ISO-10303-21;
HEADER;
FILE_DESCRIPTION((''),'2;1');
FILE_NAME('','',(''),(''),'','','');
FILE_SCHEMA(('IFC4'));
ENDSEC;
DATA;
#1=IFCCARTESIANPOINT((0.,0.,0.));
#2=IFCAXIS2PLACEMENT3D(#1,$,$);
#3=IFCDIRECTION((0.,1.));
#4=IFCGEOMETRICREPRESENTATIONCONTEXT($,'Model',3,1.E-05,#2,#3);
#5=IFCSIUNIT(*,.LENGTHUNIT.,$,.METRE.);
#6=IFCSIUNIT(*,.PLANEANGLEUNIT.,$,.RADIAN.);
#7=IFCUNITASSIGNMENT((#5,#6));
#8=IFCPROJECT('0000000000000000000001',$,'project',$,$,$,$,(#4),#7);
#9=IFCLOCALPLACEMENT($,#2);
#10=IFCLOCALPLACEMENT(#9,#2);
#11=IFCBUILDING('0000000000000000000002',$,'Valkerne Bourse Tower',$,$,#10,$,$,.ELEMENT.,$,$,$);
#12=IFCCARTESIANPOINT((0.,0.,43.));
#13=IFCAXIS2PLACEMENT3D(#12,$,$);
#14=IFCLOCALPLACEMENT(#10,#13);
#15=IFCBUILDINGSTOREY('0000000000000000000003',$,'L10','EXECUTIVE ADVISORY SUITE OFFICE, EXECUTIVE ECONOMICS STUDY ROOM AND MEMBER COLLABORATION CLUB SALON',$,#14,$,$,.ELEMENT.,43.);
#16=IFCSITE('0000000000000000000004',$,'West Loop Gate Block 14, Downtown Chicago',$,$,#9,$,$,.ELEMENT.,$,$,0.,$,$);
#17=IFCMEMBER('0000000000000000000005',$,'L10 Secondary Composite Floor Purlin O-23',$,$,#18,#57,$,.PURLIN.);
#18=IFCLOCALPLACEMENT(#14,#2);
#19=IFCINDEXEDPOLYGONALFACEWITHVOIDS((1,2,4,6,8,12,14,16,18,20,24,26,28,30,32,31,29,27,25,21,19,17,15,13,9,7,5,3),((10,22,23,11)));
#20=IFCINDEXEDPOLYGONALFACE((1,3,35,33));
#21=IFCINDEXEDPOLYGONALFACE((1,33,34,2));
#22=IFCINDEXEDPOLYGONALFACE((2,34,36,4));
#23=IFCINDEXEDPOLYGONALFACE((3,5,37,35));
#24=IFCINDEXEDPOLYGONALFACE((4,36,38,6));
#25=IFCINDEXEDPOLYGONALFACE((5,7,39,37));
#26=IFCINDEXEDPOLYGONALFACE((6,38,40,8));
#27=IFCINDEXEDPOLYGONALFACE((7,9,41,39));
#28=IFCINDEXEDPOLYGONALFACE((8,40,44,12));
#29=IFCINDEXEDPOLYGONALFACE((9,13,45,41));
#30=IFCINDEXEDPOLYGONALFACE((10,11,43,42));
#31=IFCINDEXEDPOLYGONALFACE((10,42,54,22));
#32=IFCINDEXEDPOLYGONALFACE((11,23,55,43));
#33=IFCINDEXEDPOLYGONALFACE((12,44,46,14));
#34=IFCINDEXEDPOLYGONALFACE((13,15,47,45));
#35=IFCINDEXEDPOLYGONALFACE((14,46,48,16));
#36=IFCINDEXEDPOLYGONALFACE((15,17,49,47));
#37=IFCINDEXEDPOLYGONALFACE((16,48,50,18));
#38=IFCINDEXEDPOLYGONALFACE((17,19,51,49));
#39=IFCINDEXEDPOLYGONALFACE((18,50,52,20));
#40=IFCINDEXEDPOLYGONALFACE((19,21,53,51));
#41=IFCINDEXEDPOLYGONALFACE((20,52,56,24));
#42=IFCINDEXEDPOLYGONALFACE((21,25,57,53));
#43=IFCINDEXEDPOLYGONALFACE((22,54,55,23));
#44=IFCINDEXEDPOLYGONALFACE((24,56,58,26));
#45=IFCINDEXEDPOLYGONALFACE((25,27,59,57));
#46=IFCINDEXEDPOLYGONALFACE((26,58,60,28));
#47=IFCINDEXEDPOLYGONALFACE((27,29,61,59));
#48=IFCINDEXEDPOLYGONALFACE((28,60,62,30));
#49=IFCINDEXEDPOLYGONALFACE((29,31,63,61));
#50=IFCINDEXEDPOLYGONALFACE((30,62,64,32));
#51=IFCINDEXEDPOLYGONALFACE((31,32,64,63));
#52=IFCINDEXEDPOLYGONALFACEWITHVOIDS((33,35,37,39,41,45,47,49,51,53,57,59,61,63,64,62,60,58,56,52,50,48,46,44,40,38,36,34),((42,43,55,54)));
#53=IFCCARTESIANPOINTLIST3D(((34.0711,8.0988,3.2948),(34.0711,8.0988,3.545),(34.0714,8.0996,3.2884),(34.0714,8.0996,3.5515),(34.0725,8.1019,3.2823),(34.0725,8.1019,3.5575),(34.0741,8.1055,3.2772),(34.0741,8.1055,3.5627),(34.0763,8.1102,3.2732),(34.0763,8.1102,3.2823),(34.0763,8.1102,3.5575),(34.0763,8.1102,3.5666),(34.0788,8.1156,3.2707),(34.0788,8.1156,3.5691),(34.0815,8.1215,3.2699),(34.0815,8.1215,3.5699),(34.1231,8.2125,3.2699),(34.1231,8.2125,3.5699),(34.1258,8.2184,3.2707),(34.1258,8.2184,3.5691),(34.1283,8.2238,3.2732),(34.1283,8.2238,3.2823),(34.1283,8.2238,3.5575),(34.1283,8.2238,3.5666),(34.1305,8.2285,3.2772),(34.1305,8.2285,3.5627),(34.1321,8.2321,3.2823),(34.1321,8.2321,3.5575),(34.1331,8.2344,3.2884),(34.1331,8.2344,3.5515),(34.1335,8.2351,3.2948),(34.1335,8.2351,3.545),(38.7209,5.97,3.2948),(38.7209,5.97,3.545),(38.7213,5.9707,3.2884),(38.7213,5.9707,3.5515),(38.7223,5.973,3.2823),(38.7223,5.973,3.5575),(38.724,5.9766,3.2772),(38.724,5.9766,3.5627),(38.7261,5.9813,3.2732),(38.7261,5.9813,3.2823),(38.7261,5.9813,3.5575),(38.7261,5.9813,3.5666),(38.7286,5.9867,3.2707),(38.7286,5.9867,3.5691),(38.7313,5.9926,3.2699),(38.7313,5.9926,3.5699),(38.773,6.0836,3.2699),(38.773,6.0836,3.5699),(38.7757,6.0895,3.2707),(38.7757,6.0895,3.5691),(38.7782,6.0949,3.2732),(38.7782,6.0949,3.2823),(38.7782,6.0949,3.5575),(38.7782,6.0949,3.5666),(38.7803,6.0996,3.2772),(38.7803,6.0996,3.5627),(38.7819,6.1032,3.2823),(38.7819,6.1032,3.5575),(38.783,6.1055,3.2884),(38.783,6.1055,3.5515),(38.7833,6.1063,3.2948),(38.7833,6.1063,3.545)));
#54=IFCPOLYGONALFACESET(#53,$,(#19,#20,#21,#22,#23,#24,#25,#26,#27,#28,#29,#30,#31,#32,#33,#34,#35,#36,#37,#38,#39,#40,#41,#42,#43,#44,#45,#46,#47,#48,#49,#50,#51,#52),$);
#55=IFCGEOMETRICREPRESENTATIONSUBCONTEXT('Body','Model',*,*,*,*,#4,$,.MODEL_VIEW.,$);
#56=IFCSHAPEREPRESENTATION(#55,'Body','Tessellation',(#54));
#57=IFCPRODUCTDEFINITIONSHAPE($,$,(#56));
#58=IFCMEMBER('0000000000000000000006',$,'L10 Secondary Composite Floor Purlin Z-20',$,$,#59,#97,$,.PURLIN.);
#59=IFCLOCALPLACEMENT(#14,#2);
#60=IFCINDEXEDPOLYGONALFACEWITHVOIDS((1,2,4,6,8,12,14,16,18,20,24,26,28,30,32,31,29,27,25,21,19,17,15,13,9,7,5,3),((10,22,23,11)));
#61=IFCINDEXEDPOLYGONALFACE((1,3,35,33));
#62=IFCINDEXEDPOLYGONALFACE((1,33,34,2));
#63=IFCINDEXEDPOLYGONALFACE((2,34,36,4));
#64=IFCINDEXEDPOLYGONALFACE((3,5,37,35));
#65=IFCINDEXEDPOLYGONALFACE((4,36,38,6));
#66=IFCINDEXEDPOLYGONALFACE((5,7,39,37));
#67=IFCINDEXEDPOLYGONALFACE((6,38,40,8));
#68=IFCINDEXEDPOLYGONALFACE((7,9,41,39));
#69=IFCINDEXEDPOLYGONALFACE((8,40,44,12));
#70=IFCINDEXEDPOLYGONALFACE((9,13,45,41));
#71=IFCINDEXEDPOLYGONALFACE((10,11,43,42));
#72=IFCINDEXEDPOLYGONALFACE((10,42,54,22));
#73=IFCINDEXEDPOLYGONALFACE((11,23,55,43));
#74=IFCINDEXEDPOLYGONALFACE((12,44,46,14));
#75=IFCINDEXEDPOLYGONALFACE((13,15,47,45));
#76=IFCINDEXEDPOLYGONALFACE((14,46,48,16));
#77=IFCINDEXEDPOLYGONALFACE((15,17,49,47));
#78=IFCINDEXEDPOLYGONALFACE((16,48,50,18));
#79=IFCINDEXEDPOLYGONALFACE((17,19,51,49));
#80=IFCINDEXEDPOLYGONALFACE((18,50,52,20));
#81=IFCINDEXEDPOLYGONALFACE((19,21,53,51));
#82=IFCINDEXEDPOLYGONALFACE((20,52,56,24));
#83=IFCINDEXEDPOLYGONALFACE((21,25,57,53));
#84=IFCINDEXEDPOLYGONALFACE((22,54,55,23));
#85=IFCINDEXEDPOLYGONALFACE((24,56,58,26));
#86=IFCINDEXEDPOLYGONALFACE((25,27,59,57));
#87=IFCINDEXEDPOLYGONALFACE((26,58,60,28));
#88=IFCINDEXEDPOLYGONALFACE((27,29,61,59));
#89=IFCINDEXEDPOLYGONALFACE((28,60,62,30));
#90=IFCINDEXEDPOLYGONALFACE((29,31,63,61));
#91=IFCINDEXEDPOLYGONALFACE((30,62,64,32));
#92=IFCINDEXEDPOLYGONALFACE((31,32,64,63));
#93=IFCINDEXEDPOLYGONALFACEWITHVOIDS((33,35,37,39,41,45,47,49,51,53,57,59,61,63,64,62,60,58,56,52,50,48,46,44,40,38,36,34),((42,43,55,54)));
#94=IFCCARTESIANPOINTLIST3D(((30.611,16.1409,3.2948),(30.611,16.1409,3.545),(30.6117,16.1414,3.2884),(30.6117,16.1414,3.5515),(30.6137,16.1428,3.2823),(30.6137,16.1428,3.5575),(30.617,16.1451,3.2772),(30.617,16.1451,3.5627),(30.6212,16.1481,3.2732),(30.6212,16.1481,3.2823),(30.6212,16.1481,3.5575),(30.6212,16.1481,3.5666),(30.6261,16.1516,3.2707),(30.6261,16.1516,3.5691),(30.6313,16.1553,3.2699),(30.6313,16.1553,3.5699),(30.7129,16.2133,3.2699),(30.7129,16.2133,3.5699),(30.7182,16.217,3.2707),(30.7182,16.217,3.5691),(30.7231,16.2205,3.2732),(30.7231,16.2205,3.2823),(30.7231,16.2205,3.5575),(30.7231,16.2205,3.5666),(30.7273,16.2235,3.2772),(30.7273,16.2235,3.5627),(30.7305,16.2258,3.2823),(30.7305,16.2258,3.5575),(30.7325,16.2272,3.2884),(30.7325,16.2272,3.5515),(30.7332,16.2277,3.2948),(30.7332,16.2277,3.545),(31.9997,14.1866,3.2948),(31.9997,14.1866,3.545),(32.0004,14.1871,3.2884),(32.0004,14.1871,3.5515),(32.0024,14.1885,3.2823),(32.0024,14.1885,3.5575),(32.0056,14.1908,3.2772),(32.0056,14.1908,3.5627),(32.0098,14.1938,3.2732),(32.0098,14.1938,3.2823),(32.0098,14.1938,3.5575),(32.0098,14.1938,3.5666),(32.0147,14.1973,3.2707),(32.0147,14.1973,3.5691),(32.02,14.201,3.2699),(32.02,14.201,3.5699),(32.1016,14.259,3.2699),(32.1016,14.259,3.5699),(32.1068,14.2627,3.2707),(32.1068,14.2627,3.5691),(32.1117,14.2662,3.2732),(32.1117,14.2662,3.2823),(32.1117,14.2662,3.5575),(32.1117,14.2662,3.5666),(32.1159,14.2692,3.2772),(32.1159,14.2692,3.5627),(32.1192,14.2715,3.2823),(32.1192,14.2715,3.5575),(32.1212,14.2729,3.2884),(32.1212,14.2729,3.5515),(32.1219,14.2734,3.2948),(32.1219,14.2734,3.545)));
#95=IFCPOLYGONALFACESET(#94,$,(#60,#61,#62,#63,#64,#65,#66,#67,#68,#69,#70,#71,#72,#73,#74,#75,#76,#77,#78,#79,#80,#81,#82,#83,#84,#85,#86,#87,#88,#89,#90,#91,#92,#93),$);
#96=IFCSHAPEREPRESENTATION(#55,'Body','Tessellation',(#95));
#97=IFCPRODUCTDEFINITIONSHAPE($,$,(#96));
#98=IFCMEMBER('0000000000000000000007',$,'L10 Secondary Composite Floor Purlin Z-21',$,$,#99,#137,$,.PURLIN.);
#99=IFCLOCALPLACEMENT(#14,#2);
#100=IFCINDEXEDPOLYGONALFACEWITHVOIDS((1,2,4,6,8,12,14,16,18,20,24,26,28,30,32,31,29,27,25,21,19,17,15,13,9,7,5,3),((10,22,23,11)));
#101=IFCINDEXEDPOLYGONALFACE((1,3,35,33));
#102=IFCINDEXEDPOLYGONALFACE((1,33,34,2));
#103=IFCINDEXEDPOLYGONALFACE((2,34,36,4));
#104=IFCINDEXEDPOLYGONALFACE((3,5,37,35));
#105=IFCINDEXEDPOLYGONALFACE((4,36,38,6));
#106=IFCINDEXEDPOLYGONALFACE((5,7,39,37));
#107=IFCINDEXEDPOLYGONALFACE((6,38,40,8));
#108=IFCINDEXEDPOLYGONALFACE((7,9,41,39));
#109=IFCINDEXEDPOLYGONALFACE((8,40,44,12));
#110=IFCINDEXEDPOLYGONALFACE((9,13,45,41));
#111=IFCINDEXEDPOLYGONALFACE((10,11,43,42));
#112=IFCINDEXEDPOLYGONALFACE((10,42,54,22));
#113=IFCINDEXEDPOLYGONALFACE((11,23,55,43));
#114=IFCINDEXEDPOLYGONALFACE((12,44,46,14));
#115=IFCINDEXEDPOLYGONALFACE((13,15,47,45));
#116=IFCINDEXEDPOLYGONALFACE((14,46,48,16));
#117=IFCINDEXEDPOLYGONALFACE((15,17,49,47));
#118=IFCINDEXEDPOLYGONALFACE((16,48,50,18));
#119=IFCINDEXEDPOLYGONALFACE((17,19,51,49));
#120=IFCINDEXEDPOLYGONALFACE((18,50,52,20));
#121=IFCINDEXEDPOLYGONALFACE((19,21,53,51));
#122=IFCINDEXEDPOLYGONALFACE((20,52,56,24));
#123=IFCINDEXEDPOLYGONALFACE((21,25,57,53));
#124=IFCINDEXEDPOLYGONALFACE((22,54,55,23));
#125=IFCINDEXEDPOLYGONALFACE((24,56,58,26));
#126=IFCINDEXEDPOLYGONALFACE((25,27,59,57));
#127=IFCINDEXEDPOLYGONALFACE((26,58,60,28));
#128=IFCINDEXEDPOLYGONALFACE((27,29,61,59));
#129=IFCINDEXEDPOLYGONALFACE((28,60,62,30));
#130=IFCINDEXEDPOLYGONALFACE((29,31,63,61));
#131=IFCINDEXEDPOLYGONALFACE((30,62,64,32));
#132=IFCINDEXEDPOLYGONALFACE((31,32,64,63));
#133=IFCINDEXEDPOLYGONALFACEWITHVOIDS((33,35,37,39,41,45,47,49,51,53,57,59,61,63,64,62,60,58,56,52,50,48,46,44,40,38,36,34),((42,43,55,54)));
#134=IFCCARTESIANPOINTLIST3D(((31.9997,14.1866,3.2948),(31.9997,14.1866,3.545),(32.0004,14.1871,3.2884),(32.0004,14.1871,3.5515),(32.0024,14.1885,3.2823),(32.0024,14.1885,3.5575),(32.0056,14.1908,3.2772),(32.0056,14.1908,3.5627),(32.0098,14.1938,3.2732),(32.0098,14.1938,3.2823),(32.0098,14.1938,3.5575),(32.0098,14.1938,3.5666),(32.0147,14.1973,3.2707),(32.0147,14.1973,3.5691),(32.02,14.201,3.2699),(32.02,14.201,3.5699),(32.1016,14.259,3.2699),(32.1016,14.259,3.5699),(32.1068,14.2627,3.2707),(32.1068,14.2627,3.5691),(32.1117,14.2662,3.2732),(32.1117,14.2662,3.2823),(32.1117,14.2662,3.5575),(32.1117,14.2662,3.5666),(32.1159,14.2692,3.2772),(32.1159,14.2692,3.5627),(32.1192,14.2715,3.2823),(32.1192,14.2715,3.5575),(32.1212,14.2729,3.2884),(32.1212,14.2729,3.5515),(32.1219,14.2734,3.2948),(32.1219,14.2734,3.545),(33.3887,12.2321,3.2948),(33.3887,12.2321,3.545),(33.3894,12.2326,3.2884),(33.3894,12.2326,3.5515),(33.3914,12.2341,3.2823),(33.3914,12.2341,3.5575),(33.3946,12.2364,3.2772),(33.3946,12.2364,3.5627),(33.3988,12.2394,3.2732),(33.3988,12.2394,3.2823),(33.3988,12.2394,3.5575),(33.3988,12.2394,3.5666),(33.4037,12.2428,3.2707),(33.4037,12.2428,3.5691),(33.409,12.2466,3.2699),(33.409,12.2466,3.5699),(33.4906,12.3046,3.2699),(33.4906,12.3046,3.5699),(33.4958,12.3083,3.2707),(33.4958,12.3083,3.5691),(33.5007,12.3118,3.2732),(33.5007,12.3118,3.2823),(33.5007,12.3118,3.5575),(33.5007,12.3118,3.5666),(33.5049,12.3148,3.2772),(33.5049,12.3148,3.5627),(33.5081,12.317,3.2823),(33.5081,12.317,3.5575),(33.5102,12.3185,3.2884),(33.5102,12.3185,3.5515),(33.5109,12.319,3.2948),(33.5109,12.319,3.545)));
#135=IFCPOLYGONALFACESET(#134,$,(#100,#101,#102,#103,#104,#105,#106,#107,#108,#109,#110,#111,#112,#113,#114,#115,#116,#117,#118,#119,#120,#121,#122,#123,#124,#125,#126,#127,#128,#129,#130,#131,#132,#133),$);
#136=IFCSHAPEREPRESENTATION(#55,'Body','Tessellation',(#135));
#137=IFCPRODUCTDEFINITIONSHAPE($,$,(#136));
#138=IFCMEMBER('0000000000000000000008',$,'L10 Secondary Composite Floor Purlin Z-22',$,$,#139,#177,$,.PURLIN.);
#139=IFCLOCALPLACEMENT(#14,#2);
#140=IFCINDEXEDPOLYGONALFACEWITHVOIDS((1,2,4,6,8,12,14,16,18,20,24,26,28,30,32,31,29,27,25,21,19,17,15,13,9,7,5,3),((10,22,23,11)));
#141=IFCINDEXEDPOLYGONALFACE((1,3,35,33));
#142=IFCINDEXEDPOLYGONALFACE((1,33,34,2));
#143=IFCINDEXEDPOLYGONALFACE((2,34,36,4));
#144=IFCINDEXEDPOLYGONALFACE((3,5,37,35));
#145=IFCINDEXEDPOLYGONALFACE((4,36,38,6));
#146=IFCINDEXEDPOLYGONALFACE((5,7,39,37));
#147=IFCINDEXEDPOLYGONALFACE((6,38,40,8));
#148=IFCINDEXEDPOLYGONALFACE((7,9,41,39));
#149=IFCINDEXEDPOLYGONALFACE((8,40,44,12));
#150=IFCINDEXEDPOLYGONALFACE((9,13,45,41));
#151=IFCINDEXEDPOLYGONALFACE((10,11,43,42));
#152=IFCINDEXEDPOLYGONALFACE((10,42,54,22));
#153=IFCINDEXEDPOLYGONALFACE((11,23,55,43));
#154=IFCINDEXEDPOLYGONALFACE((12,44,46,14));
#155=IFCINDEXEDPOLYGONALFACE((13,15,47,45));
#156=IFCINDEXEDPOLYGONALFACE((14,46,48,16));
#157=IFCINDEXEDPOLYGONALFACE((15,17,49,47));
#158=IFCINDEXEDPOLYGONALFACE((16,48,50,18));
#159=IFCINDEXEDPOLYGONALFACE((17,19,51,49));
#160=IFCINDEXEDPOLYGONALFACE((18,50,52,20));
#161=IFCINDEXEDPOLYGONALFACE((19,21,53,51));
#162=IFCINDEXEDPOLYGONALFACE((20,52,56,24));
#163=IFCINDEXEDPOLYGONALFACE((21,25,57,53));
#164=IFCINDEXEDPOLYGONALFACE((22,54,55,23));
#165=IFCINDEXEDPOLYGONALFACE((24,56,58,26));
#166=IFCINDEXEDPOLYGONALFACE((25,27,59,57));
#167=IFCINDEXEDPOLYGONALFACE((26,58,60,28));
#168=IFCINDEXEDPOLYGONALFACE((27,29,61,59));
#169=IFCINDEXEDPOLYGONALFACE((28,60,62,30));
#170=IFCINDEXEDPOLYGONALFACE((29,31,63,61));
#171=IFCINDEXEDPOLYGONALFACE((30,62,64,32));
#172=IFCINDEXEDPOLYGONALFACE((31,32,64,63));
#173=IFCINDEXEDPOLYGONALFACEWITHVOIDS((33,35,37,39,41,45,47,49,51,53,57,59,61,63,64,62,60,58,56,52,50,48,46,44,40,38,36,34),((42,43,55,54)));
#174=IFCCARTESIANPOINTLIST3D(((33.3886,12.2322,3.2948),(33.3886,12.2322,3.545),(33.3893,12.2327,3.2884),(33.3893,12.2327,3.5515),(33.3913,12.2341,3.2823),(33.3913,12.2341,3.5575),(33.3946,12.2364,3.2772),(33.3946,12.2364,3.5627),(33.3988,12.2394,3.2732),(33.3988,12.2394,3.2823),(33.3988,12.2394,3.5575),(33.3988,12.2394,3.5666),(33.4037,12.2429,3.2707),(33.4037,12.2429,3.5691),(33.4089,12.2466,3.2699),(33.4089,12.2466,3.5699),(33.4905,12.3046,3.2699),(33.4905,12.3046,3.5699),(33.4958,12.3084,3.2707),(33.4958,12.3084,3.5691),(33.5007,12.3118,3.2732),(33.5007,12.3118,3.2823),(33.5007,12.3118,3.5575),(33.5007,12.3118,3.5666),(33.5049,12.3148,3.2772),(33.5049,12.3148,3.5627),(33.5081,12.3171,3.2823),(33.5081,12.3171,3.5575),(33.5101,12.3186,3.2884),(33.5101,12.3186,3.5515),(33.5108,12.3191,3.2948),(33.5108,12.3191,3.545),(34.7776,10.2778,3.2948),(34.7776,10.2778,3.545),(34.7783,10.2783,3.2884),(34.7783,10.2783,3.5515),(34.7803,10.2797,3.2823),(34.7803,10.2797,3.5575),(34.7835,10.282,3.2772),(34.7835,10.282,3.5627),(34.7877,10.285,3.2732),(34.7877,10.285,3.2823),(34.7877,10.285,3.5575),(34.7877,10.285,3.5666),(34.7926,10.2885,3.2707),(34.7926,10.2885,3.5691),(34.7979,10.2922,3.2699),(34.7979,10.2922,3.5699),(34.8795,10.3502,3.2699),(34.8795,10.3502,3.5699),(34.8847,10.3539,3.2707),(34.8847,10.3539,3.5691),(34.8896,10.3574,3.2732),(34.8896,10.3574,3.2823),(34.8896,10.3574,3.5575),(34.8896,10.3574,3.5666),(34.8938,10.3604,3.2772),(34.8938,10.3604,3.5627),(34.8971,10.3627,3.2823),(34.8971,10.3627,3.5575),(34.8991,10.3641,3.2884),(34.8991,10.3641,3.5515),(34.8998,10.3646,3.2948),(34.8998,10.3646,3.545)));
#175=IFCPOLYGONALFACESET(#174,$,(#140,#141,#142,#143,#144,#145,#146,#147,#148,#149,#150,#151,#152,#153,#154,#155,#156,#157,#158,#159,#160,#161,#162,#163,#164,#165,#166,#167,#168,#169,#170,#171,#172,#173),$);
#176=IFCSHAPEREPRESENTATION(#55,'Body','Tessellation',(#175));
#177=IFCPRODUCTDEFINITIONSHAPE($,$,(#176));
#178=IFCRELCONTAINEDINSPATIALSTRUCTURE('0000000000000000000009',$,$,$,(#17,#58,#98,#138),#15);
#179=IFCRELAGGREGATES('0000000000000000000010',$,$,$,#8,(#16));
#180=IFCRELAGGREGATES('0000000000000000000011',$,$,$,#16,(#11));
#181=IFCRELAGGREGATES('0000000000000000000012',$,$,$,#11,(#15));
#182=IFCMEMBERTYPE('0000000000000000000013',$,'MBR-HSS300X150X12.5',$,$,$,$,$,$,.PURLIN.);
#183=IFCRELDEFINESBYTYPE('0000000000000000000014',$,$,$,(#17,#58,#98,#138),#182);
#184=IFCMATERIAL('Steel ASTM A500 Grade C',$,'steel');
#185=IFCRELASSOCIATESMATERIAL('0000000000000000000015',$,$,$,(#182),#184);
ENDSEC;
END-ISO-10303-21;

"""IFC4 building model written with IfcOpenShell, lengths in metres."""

from ifc_helpers import new_model, si_unit, direction, frame, origin, origin_2d, place, context, subcontext, project, spatial, hollow_rectangle, extrude, material, material_profile, profile_set, type_object, element, save


model = new_model("IFC4")

# Units and contexts
model_context = context("Model", 3, precision=1e-05, world=origin(), true_north=direction((0.0, 1.0)))
body_context = subcontext(model_context, "Body", "Model", "MODEL_VIEW")
ifc_project = project(units=[si_unit("LENGTHUNIT", "METRE"), si_unit("PLANEANGLEUNIT", "RADIAN")], contexts=[model_context])

# Site, building, storey
site_placement = place(None, origin())
site = spatial("IfcSite", under=ifc_project, at=site_placement, Name="West Loop Gate Block 14, Downtown Chicago", CompositionType="ELEMENT", RefElevation=0.0)
building_placement = place(site_placement, origin())
building = spatial("IfcBuilding", under=site, at=building_placement, Name="Valkerne Bourse Tower", CompositionType="ELEMENT")
storey_placement = place(building_placement, frame((0.0, 0.0, 43.0)))
storey = spatial("IfcBuildingStorey", under=building, at=storey_placement, Name="L10", Description="EXECUTIVE ADVISORY SUITE OFFICE, EXECUTIVE ECONOMICS STUDY ROOM AND MEMBER COLLABORATION CLUB SALON", CompositionType="ELEMENT", Elevation=43.0)

# Members
ifc_material_1 = material(Name="Steel ASTM A500 Grade C", Category="steel")
ifc_material_profile_1 = material_profile(ifc_material_1, hollow_rectangle(XDim=0.1499, YDim=0.3, WallThickness=0.0125, OuterFilletRadius=0.0249, at=origin_2d()), Name="HSS300X150X12.5")
ifc_profile_set_1 = profile_set([ifc_material_profile_1], Name="Steel ASTM A500 Grade C")
member_type_1 = type_object("IfcMemberType", Name="MBR-HSS300X150X12.5", PredefinedType="PURLIN", material=ifc_profile_set_1)
member_1_placement = place(storey_placement, frame((34.1023, 8.167, 3.4199), z_axis=(0.909235, -0.416283, 0.0), x_axis=(0.416283, 0.909235, 0.0)))
element("IfcMember", 1, at=member_1_placement, inside=storey, type_object=member_type_1, Name="L10 Secondary Composite Floor Purlin O-23", PredefinedType="PURLIN", context=body_context, shape_type="SweptSolid", body=[
    extrude(hollow_rectangle(XDim=0.1499, YDim=0.3, WallThickness=0.0125, OuterFilletRadius=0.0249, at=origin_2d()), origin(), (0.0, 0.0, 1.0), 5.114),
])
member_2_placement = place(storey_placement, frame((30.6721, 16.1843, 3.4199), z_axis=(0.579223, -0.815169, 0.0), x_axis=(0.815169, 0.579223, 0.0)))
element("IfcMember", 2, at=member_2_placement, inside=storey, type_object=member_type_1, Name="L10 Secondary Composite Floor Purlin Z-20", PredefinedType="PURLIN", context=body_context, shape_type="SweptSolid", body=[
    extrude(hollow_rectangle(XDim=0.1499, YDim=0.3, WallThickness=0.0125, OuterFilletRadius=0.0249, at=origin_2d()), origin(), (0.0, 0.0, 1.0), 2.3975),
])
for number, where, z_axis, x_axis, name in (
    (3, (32.0608, 14.23, 3.4199), (0.579291, -0.815121, 0.0), (0.815121, 0.579291, 0.0), "L10 Secondary Composite Floor Purlin Z-21"),
    (4, (33.4497, 12.2756, 3.4199), (0.579291, -0.815121, 0.0), (0.815121, 0.579291, 0.0), "L10 Secondary Composite Floor Purlin Z-22"),
):
    element("IfcMember", number, at=place(storey_placement, frame(where, z_axis=z_axis, x_axis=x_axis)), inside=storey, type_object=member_type_1, Name=name, PredefinedType="PURLIN", context=body_context, shape_type="SweptSolid", body=[
        extrude(hollow_rectangle(XDim=0.1499, YDim=0.3, WallThickness=0.0125, OuterFilletRadius=0.0249, at=origin_2d()), origin(), (0.0, 0.0, 1.0), 2.3977),
    ])

save(model, "model.ifc")
